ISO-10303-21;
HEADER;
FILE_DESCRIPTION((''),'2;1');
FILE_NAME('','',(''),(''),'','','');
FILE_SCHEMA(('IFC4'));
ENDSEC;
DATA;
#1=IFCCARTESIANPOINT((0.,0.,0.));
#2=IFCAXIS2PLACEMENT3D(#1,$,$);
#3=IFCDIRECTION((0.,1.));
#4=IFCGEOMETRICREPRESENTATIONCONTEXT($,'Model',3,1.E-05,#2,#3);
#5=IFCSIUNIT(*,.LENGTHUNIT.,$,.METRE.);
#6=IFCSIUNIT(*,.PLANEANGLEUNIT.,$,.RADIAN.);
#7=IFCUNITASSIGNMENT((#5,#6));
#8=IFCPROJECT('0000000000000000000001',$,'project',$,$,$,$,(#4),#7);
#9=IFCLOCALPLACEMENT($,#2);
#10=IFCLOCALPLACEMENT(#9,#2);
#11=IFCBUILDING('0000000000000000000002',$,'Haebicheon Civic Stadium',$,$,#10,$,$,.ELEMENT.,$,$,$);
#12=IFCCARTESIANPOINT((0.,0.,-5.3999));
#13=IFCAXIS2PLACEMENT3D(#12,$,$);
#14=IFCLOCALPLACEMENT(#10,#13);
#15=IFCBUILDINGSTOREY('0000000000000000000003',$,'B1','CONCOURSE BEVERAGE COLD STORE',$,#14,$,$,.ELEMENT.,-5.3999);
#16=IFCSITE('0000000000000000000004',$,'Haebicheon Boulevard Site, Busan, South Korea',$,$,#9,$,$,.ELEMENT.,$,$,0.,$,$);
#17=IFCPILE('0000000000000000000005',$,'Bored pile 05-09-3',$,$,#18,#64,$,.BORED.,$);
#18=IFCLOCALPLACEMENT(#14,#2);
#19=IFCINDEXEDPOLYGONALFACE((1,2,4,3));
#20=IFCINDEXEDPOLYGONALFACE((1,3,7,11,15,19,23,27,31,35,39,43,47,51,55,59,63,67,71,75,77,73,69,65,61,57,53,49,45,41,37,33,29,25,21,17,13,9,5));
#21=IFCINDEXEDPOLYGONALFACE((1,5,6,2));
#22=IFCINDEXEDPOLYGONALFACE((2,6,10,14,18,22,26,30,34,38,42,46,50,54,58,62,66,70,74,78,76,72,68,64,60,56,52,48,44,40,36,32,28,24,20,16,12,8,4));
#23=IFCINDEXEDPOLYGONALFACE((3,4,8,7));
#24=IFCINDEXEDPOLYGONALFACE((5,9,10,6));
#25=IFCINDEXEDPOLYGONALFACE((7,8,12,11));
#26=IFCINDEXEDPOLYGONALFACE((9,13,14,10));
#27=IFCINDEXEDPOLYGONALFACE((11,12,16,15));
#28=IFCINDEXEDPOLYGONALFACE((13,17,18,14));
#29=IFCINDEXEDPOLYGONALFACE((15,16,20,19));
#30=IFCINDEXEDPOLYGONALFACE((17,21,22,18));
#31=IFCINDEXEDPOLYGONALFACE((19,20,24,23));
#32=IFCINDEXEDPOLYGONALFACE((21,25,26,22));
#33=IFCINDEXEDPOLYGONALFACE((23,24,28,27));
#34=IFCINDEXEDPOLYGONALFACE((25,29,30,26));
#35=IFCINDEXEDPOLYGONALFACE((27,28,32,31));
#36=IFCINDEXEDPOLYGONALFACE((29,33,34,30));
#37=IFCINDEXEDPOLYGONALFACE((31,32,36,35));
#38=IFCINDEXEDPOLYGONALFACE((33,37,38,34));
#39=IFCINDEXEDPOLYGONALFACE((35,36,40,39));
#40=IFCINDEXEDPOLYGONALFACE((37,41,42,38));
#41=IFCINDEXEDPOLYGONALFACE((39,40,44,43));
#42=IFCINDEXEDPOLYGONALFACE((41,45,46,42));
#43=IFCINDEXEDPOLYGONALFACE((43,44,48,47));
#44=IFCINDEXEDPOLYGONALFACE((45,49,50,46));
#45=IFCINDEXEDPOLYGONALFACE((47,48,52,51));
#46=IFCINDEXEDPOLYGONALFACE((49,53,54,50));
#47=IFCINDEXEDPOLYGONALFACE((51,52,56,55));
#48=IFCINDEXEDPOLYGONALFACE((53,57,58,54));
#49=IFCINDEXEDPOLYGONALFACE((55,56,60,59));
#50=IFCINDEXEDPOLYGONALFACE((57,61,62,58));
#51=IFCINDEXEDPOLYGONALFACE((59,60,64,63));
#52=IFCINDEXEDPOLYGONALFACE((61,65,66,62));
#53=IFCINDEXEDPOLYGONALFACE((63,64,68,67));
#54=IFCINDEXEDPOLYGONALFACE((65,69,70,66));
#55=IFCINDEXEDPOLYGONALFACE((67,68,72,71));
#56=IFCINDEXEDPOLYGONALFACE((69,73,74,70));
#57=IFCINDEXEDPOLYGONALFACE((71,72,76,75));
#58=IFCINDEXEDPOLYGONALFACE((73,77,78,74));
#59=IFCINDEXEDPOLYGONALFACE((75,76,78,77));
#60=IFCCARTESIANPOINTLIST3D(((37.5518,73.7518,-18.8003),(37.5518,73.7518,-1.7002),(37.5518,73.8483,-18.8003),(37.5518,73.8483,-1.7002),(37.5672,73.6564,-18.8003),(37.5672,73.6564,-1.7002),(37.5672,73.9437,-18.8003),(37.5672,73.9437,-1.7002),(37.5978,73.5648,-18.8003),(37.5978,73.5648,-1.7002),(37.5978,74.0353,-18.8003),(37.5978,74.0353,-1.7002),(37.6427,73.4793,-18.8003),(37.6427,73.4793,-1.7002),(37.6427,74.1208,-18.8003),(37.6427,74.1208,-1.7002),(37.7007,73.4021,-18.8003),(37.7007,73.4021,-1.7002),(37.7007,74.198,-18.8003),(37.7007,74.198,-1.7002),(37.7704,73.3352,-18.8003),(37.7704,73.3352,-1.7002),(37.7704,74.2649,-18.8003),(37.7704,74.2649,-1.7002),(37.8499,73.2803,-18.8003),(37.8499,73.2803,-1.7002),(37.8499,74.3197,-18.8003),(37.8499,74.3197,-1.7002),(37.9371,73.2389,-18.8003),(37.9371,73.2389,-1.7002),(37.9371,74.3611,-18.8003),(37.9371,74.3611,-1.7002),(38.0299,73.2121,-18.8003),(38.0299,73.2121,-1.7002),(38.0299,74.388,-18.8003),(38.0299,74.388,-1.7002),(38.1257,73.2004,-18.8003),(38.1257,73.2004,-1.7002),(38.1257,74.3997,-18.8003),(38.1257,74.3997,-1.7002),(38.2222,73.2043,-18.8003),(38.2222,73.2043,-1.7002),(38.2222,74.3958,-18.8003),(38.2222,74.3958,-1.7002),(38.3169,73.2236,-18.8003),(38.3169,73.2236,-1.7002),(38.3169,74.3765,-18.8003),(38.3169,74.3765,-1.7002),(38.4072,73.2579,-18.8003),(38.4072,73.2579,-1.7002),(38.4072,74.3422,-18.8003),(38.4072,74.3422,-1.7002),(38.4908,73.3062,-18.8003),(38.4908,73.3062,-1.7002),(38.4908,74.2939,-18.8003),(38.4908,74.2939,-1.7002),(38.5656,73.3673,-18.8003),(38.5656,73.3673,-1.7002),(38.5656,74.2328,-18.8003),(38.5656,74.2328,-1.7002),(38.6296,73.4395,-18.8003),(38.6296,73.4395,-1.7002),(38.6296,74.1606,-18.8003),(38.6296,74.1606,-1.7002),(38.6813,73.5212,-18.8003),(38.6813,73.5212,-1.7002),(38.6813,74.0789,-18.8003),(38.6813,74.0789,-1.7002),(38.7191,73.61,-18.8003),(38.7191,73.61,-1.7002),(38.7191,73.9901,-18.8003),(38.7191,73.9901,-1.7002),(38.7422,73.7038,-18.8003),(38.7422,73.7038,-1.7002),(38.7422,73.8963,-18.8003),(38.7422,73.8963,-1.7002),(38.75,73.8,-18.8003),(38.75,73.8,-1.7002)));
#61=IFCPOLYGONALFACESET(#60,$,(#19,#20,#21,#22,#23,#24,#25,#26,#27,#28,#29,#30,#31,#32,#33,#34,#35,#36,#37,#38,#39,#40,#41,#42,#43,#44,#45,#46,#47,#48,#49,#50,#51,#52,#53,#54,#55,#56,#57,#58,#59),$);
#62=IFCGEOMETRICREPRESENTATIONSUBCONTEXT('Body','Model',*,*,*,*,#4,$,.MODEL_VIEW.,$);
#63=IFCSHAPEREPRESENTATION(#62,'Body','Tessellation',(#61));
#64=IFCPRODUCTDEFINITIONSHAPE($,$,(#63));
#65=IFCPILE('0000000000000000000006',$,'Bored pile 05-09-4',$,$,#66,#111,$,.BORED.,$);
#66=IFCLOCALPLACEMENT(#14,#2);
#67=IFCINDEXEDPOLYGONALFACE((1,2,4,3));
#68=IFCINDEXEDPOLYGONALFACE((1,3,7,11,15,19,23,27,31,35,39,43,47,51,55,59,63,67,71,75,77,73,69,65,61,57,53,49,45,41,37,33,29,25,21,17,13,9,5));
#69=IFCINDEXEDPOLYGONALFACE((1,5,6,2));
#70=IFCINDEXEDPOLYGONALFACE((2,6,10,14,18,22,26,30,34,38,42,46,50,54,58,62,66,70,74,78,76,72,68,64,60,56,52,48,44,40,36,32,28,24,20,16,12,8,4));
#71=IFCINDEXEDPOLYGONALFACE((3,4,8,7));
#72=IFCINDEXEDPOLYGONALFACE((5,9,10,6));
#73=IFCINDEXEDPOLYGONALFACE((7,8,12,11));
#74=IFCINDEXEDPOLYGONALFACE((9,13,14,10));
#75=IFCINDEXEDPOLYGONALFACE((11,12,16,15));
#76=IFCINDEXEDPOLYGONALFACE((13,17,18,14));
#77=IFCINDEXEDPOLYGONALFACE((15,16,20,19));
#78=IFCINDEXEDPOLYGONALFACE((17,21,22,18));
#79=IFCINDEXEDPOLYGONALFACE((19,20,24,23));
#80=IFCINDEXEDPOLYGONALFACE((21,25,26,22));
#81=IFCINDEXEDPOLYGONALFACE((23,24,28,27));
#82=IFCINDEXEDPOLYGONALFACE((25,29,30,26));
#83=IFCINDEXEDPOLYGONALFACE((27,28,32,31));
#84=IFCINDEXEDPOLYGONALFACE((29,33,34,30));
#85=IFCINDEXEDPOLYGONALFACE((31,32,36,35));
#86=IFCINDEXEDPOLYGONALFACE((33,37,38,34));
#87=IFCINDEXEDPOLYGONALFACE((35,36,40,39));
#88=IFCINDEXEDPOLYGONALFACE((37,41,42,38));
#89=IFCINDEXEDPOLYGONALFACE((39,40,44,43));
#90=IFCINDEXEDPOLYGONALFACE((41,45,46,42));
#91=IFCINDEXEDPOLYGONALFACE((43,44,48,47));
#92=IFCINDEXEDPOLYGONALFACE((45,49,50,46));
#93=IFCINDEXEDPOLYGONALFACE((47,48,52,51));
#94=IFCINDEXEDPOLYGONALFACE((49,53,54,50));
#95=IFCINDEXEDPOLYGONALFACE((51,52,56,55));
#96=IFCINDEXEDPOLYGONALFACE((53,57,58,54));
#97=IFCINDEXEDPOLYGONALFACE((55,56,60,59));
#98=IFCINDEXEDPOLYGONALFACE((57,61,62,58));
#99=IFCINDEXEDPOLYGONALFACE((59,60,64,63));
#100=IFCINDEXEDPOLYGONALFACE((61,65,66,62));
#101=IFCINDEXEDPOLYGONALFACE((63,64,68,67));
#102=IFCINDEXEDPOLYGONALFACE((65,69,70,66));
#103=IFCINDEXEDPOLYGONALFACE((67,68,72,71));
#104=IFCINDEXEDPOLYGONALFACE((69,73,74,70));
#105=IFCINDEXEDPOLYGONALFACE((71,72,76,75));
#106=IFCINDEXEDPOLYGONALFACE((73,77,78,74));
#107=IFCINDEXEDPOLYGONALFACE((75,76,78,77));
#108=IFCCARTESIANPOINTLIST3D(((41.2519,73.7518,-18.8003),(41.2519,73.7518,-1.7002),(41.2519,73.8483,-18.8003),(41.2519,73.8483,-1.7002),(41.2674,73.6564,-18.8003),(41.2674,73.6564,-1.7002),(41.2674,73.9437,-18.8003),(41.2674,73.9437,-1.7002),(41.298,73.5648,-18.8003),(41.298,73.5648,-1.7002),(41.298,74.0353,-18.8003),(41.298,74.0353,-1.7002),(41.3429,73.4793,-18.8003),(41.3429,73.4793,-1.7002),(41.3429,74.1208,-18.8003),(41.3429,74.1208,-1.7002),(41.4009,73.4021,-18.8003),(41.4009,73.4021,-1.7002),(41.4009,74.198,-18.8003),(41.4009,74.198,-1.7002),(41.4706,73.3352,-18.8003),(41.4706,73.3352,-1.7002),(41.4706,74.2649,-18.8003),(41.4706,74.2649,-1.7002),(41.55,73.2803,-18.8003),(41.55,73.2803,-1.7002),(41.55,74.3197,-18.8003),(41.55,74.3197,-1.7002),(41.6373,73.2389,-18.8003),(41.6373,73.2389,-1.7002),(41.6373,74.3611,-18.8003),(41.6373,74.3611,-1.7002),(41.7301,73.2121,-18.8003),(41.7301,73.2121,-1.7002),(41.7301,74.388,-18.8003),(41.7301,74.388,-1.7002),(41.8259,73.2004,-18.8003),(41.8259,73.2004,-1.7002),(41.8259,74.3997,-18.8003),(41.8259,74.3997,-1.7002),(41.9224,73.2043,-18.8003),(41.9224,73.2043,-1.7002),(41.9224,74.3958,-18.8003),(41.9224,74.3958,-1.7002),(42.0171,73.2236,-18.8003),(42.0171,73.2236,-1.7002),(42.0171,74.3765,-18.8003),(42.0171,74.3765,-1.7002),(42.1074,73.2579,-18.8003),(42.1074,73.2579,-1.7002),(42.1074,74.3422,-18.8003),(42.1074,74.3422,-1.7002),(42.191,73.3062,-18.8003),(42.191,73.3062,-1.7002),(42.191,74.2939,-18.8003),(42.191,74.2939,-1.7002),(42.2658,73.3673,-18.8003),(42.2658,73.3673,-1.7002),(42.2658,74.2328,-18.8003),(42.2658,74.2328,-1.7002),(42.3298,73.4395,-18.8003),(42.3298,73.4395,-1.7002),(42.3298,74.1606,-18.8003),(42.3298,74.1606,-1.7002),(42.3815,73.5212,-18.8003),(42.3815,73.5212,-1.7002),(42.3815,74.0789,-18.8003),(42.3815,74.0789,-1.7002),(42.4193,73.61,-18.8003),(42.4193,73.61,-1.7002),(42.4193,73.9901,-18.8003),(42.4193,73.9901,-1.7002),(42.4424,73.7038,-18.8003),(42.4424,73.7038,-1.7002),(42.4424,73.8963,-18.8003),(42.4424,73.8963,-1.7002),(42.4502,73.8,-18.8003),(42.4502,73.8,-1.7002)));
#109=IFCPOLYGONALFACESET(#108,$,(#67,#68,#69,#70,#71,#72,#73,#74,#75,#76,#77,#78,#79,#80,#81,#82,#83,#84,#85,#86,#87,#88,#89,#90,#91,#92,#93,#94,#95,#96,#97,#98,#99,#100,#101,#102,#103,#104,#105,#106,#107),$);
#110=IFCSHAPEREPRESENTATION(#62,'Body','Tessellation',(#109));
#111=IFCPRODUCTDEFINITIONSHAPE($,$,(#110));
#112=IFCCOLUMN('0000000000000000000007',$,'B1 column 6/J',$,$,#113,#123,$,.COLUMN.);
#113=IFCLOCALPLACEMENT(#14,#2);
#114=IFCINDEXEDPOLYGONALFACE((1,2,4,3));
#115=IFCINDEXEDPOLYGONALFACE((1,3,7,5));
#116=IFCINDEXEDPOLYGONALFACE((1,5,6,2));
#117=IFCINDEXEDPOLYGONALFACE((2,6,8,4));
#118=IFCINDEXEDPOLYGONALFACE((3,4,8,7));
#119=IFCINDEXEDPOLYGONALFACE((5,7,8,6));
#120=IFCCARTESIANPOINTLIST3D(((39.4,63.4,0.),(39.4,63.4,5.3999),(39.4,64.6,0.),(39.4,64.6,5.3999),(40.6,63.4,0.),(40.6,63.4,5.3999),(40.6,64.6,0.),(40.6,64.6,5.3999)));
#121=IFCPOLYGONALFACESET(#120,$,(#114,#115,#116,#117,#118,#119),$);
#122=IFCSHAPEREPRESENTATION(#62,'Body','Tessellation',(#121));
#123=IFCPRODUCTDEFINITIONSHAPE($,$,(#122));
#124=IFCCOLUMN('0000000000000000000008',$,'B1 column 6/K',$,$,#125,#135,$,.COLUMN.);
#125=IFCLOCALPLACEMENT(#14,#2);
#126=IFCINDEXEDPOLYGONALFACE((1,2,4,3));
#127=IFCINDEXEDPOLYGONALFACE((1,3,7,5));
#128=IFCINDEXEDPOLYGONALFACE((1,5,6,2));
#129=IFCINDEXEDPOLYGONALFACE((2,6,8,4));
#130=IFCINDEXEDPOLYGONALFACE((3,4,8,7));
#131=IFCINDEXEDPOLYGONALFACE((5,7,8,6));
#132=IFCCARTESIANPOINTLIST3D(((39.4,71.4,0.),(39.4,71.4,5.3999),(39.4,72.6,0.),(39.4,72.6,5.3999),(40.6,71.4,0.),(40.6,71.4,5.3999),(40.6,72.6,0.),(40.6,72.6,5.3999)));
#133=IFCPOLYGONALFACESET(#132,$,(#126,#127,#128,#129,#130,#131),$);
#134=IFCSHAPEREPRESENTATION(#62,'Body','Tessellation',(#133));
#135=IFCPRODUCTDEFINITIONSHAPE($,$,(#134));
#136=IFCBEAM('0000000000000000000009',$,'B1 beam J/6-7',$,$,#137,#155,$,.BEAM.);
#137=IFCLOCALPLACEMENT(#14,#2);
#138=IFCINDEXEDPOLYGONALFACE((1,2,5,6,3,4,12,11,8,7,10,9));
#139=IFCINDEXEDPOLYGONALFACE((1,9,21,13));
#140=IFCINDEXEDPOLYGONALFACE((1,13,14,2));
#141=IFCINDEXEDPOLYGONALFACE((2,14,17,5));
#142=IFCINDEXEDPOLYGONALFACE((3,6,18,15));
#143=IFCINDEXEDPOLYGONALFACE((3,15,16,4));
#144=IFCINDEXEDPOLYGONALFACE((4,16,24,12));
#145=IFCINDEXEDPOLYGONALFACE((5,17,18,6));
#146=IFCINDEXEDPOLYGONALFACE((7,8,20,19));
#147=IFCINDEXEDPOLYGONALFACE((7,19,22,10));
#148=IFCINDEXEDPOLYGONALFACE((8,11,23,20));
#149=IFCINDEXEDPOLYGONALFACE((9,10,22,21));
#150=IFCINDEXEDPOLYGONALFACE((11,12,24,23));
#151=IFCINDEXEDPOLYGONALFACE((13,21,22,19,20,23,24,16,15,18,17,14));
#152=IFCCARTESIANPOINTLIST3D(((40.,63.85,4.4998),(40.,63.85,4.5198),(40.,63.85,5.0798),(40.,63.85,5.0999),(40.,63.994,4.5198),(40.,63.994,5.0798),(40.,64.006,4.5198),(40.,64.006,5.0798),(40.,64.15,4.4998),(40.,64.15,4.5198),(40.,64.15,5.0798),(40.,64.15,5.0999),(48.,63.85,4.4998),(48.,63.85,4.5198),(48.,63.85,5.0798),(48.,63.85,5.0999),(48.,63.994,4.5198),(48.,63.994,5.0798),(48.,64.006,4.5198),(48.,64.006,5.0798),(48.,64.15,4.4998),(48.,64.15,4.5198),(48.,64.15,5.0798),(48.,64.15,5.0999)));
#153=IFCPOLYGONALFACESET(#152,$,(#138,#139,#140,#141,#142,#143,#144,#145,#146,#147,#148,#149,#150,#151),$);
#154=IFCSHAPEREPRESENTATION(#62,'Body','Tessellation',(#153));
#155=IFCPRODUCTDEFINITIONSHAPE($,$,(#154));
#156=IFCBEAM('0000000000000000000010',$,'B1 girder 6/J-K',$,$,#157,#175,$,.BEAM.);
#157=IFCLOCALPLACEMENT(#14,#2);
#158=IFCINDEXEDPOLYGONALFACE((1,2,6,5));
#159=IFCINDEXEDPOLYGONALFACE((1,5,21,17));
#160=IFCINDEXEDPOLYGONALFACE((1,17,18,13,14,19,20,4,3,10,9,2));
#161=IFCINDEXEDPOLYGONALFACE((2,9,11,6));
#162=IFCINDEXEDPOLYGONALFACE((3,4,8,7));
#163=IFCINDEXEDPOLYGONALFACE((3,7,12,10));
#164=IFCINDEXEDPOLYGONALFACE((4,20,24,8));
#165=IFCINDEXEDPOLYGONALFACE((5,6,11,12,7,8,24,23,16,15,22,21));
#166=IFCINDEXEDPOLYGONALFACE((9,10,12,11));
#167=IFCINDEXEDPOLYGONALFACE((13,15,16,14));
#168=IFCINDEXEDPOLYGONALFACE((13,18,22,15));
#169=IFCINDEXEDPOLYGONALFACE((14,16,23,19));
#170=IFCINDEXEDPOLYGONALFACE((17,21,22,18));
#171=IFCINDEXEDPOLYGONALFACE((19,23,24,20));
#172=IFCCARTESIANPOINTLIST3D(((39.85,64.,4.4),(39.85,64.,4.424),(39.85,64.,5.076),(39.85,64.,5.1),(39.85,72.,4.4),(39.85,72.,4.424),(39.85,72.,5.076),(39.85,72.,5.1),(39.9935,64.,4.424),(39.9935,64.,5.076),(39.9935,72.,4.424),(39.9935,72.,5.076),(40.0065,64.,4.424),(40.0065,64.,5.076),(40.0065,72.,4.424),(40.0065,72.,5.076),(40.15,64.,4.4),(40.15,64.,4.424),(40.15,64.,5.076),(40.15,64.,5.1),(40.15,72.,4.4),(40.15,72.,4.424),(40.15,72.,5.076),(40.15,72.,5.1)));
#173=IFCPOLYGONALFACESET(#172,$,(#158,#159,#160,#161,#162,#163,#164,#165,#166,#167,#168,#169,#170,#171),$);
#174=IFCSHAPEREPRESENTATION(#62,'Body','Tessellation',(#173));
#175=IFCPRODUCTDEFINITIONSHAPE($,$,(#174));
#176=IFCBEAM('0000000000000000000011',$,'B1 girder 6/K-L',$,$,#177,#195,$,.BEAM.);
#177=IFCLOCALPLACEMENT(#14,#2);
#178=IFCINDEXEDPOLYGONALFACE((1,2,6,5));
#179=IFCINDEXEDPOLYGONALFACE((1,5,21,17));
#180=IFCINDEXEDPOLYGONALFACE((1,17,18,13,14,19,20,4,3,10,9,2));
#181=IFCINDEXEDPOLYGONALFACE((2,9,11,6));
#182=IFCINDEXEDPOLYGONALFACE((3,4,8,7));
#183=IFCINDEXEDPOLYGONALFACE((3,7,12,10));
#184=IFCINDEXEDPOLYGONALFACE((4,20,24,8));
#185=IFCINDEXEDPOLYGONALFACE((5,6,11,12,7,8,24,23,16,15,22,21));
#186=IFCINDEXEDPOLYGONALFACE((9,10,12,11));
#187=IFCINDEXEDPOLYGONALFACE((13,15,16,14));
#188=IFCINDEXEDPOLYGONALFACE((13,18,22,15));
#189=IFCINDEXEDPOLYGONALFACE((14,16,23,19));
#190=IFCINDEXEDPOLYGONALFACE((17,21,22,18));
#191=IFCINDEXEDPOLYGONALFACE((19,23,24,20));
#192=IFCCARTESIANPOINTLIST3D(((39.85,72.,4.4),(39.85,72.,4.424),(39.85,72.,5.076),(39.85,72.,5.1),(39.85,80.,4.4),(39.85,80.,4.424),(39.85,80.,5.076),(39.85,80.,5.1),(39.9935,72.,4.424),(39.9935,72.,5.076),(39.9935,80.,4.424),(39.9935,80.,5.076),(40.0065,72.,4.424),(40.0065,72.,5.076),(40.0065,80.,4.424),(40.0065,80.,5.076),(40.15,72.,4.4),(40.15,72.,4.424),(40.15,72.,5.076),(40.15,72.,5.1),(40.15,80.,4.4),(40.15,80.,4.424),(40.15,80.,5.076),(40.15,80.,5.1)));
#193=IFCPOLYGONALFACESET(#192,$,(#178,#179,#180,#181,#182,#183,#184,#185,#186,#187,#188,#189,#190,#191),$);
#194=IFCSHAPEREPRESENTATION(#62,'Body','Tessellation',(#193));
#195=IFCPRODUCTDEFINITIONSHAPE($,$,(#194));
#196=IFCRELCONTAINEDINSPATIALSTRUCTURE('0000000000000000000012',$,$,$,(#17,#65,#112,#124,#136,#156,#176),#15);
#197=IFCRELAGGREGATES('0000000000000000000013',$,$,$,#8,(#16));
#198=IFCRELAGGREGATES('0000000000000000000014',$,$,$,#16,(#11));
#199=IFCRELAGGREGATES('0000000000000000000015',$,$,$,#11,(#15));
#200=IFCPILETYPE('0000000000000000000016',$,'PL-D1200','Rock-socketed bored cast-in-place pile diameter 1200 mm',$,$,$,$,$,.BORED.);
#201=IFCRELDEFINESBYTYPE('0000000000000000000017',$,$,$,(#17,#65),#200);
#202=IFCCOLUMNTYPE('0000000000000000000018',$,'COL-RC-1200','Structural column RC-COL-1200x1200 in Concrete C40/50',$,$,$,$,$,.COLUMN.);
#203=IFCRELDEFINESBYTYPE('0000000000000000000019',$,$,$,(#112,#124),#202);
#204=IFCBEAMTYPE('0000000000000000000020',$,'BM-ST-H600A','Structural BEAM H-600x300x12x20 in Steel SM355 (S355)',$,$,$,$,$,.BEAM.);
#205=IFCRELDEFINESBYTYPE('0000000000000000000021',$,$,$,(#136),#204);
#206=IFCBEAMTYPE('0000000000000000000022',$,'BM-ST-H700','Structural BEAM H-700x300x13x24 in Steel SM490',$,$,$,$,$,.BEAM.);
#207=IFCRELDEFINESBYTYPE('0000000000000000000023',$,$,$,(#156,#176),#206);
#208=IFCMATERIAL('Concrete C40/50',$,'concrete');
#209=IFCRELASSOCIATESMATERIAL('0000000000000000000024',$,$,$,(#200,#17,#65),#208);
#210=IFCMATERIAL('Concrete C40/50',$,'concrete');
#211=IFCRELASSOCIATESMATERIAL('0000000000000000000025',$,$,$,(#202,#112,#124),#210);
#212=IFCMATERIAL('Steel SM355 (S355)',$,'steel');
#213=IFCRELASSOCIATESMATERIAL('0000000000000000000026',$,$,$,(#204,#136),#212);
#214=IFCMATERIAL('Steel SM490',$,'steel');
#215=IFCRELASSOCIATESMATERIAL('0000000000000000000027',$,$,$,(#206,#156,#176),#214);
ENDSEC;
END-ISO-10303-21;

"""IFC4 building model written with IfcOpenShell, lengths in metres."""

from ifc_helpers import new_model, si_unit, direction, frame, origin, origin_2d, place, context, subcontext, project, spatial, rectangle, circle, i_section, extrude, material, material_profile, profile_set, type_object, element, save


model = new_model("IFC4")

# Units and contexts
model_context = context("Model", 3, precision=1e-05, world=origin(), true_north=direction((0.0, 1.0)))
body_context = subcontext(model_context, "Body", "Model", "MODEL_VIEW")
ifc_project = project(units=[si_unit("LENGTHUNIT", "METRE"), si_unit("PLANEANGLEUNIT", "RADIAN")], contexts=[model_context])

# Site, building, storey
site_placement = place(None, origin())
site = spatial("IfcSite", under=ifc_project, at=site_placement, Name="Haebicheon Boulevard Site, Busan, South Korea", CompositionType="ELEMENT", RefElevation=0.0)
building_placement = place(site_placement, origin())
building = spatial("IfcBuilding", under=site, at=building_placement, Name="Haebicheon Civic Stadium", CompositionType="ELEMENT")
storey_placement = place(building_placement, frame((0.0, 0.0, -5.3999)))
storey = spatial("IfcBuildingStorey", under=building, at=storey_placement, Name="B1", Description="CONCOURSE BEVERAGE COLD STORE", CompositionType="ELEMENT", Elevation=-5.3999)

# Piles
ifc_material_1 = material(Name="Concrete C40/50", Category="concrete")
ifc_material_profile_1 = material_profile(ifc_material_1, circle(Radius=0.6001, at=origin_2d()), Name="PILE-D1200")
ifc_profile_set_1 = profile_set([ifc_material_profile_1], Name="Concrete C40/50")
pile_type = type_object("IfcPileType", Name="PL-D1200", Description="Rock-socketed bored cast-in-place pile diameter 1200 mm", PredefinedType="BORED", material=ifc_profile_set_1)
for number, where, z_axis, x_axis, name in (
    (1, (38.1499, 73.8, -1.7002), (0.0, 0.0, -1.0), (1.0, 0.0, 0.0), "Bored pile 05-09-3"),
    (2, (41.8501, 73.8, -1.7002), (0.0, 0.0, -1.0), (1.0, 0.0, 0.0), "Bored pile 05-09-4"),
):
    element("IfcPile", number, at=place(storey_placement, frame(where, z_axis=z_axis, x_axis=x_axis)), inside=storey, type_object=pile_type, material=ifc_profile_set_1, Name=name, PredefinedType="BORED", context=body_context, shape_type="SweptSolid", body=[
        extrude(circle(Radius=0.6001, at=origin_2d()), origin(), (0.0, 0.0, 1.0), 17.1001),
    ])

# Columns
ifc_material_2 = material(Name="Concrete C40/50", Category="concrete")
ifc_material_profile_2 = material_profile(ifc_material_2, rectangle(XDim=1.2, YDim=1.2, at=origin_2d()), Name="RC-COL-1200x1200")
ifc_profile_set_2 = profile_set([ifc_material_profile_2], Name="Concrete C40/50")
column_type = type_object("IfcColumnType", Name="COL-RC-1200", Description="Structural column RC-COL-1200x1200 in Concrete C40/50", PredefinedType="COLUMN", material=ifc_profile_set_2)
for number, where, z_axis, x_axis, name in (
    (3, (40.0, 64.0, 0.0), (0.0, 0.0, 1.0), (1.0, 0.0, 0.0), "B1 column 6/J"),
    (4, (40.0, 72.0, 0.0), (0.0, 0.0, 1.0), (1.0, 0.0, 0.0), "B1 column 6/K"),
):
    element("IfcColumn", number, at=place(storey_placement, frame(where, z_axis=z_axis, x_axis=x_axis)), inside=storey, type_object=column_type, material=ifc_profile_set_2, Name=name, PredefinedType="COLUMN", context=body_context, shape_type="SweptSolid", body=[
        extrude(rectangle(XDim=1.2, YDim=1.2, at=origin_2d()), origin(), (0.0, 0.0, 1.0), 5.3999),
    ])

# Beams
ifc_material_3 = material(Name="Steel SM355 (S355)", Category="steel")
ifc_material_profile_3 = material_profile(ifc_material_3, i_section(OverallWidth=0.3, OverallDepth=0.6001, WebThickness=0.012, FlangeThickness=0.02, at=origin_2d()), Name="H-600x300x12x20")
ifc_profile_set_3 = profile_set([ifc_material_profile_3], Name="Steel SM355 (S355)")
beam_type_1 = type_object("IfcBeamType", Name="BM-ST-H600A", Description="Structural BEAM H-600x300x12x20 in Steel SM355 (S355)", PredefinedType="BEAM", material=ifc_profile_set_3)
beam_1_placement = place(storey_placement, frame((40.0, 64.0, 4.7998), z_axis=(1.0, 0.0, 0.0), x_axis=(0.0, 1.0, 0.0)))
element("IfcBeam", 5, at=beam_1_placement, inside=storey, type_object=beam_type_1, material=ifc_profile_set_3, Name="B1 beam J/6-7", PredefinedType="BEAM", context=body_context, shape_type="SweptSolid", body=[
    extrude(i_section(OverallWidth=0.3, OverallDepth=0.6001, WebThickness=0.012, FlangeThickness=0.02, at=origin_2d()), origin(), (0.0, 0.0, 1.0), 8.0),
])
ifc_material_4 = material(Name="Steel SM490", Category="steel")
ifc_material_profile_4 = material_profile(ifc_material_4, i_section(OverallWidth=0.3, OverallDepth=0.7, WebThickness=0.0129, FlangeThickness=0.0239, at=origin_2d()), Name="H-700x300x13x24")
ifc_profile_set_4 = profile_set([ifc_material_profile_4], Name="Steel SM490")
beam_type_2 = type_object("IfcBeamType", Name="BM-ST-H700", Description="Structural BEAM H-700x300x13x24 in Steel SM490", PredefinedType="BEAM", material=ifc_profile_set_4)
for number, where, z_axis, x_axis, name in (
    (6, (40.0, 64.0, 4.75), (0.0, 1.0, 0.0), (-1.0, 0.0, 0.0), "B1 girder 6/J-K"),
    (7, (40.0, 72.0, 4.75), (0.0, 1.0, 0.0), (-1.0, 0.0, 0.0), "B1 girder 6/K-L"),
):
    element("IfcBeam", number, at=place(storey_placement, frame(where, z_axis=z_axis, x_axis=x_axis)), inside=storey, type_object=beam_type_2, material=ifc_profile_set_4, Name=name, PredefinedType="BEAM", context=body_context, shape_type="SweptSolid", body=[
        extrude(i_section(OverallWidth=0.3, OverallDepth=0.7, WebThickness=0.0129, FlangeThickness=0.0239, at=origin_2d()), origin(), (0.0, 0.0, 1.0), 8.0),
    ])

save(model, "model.ifc")
